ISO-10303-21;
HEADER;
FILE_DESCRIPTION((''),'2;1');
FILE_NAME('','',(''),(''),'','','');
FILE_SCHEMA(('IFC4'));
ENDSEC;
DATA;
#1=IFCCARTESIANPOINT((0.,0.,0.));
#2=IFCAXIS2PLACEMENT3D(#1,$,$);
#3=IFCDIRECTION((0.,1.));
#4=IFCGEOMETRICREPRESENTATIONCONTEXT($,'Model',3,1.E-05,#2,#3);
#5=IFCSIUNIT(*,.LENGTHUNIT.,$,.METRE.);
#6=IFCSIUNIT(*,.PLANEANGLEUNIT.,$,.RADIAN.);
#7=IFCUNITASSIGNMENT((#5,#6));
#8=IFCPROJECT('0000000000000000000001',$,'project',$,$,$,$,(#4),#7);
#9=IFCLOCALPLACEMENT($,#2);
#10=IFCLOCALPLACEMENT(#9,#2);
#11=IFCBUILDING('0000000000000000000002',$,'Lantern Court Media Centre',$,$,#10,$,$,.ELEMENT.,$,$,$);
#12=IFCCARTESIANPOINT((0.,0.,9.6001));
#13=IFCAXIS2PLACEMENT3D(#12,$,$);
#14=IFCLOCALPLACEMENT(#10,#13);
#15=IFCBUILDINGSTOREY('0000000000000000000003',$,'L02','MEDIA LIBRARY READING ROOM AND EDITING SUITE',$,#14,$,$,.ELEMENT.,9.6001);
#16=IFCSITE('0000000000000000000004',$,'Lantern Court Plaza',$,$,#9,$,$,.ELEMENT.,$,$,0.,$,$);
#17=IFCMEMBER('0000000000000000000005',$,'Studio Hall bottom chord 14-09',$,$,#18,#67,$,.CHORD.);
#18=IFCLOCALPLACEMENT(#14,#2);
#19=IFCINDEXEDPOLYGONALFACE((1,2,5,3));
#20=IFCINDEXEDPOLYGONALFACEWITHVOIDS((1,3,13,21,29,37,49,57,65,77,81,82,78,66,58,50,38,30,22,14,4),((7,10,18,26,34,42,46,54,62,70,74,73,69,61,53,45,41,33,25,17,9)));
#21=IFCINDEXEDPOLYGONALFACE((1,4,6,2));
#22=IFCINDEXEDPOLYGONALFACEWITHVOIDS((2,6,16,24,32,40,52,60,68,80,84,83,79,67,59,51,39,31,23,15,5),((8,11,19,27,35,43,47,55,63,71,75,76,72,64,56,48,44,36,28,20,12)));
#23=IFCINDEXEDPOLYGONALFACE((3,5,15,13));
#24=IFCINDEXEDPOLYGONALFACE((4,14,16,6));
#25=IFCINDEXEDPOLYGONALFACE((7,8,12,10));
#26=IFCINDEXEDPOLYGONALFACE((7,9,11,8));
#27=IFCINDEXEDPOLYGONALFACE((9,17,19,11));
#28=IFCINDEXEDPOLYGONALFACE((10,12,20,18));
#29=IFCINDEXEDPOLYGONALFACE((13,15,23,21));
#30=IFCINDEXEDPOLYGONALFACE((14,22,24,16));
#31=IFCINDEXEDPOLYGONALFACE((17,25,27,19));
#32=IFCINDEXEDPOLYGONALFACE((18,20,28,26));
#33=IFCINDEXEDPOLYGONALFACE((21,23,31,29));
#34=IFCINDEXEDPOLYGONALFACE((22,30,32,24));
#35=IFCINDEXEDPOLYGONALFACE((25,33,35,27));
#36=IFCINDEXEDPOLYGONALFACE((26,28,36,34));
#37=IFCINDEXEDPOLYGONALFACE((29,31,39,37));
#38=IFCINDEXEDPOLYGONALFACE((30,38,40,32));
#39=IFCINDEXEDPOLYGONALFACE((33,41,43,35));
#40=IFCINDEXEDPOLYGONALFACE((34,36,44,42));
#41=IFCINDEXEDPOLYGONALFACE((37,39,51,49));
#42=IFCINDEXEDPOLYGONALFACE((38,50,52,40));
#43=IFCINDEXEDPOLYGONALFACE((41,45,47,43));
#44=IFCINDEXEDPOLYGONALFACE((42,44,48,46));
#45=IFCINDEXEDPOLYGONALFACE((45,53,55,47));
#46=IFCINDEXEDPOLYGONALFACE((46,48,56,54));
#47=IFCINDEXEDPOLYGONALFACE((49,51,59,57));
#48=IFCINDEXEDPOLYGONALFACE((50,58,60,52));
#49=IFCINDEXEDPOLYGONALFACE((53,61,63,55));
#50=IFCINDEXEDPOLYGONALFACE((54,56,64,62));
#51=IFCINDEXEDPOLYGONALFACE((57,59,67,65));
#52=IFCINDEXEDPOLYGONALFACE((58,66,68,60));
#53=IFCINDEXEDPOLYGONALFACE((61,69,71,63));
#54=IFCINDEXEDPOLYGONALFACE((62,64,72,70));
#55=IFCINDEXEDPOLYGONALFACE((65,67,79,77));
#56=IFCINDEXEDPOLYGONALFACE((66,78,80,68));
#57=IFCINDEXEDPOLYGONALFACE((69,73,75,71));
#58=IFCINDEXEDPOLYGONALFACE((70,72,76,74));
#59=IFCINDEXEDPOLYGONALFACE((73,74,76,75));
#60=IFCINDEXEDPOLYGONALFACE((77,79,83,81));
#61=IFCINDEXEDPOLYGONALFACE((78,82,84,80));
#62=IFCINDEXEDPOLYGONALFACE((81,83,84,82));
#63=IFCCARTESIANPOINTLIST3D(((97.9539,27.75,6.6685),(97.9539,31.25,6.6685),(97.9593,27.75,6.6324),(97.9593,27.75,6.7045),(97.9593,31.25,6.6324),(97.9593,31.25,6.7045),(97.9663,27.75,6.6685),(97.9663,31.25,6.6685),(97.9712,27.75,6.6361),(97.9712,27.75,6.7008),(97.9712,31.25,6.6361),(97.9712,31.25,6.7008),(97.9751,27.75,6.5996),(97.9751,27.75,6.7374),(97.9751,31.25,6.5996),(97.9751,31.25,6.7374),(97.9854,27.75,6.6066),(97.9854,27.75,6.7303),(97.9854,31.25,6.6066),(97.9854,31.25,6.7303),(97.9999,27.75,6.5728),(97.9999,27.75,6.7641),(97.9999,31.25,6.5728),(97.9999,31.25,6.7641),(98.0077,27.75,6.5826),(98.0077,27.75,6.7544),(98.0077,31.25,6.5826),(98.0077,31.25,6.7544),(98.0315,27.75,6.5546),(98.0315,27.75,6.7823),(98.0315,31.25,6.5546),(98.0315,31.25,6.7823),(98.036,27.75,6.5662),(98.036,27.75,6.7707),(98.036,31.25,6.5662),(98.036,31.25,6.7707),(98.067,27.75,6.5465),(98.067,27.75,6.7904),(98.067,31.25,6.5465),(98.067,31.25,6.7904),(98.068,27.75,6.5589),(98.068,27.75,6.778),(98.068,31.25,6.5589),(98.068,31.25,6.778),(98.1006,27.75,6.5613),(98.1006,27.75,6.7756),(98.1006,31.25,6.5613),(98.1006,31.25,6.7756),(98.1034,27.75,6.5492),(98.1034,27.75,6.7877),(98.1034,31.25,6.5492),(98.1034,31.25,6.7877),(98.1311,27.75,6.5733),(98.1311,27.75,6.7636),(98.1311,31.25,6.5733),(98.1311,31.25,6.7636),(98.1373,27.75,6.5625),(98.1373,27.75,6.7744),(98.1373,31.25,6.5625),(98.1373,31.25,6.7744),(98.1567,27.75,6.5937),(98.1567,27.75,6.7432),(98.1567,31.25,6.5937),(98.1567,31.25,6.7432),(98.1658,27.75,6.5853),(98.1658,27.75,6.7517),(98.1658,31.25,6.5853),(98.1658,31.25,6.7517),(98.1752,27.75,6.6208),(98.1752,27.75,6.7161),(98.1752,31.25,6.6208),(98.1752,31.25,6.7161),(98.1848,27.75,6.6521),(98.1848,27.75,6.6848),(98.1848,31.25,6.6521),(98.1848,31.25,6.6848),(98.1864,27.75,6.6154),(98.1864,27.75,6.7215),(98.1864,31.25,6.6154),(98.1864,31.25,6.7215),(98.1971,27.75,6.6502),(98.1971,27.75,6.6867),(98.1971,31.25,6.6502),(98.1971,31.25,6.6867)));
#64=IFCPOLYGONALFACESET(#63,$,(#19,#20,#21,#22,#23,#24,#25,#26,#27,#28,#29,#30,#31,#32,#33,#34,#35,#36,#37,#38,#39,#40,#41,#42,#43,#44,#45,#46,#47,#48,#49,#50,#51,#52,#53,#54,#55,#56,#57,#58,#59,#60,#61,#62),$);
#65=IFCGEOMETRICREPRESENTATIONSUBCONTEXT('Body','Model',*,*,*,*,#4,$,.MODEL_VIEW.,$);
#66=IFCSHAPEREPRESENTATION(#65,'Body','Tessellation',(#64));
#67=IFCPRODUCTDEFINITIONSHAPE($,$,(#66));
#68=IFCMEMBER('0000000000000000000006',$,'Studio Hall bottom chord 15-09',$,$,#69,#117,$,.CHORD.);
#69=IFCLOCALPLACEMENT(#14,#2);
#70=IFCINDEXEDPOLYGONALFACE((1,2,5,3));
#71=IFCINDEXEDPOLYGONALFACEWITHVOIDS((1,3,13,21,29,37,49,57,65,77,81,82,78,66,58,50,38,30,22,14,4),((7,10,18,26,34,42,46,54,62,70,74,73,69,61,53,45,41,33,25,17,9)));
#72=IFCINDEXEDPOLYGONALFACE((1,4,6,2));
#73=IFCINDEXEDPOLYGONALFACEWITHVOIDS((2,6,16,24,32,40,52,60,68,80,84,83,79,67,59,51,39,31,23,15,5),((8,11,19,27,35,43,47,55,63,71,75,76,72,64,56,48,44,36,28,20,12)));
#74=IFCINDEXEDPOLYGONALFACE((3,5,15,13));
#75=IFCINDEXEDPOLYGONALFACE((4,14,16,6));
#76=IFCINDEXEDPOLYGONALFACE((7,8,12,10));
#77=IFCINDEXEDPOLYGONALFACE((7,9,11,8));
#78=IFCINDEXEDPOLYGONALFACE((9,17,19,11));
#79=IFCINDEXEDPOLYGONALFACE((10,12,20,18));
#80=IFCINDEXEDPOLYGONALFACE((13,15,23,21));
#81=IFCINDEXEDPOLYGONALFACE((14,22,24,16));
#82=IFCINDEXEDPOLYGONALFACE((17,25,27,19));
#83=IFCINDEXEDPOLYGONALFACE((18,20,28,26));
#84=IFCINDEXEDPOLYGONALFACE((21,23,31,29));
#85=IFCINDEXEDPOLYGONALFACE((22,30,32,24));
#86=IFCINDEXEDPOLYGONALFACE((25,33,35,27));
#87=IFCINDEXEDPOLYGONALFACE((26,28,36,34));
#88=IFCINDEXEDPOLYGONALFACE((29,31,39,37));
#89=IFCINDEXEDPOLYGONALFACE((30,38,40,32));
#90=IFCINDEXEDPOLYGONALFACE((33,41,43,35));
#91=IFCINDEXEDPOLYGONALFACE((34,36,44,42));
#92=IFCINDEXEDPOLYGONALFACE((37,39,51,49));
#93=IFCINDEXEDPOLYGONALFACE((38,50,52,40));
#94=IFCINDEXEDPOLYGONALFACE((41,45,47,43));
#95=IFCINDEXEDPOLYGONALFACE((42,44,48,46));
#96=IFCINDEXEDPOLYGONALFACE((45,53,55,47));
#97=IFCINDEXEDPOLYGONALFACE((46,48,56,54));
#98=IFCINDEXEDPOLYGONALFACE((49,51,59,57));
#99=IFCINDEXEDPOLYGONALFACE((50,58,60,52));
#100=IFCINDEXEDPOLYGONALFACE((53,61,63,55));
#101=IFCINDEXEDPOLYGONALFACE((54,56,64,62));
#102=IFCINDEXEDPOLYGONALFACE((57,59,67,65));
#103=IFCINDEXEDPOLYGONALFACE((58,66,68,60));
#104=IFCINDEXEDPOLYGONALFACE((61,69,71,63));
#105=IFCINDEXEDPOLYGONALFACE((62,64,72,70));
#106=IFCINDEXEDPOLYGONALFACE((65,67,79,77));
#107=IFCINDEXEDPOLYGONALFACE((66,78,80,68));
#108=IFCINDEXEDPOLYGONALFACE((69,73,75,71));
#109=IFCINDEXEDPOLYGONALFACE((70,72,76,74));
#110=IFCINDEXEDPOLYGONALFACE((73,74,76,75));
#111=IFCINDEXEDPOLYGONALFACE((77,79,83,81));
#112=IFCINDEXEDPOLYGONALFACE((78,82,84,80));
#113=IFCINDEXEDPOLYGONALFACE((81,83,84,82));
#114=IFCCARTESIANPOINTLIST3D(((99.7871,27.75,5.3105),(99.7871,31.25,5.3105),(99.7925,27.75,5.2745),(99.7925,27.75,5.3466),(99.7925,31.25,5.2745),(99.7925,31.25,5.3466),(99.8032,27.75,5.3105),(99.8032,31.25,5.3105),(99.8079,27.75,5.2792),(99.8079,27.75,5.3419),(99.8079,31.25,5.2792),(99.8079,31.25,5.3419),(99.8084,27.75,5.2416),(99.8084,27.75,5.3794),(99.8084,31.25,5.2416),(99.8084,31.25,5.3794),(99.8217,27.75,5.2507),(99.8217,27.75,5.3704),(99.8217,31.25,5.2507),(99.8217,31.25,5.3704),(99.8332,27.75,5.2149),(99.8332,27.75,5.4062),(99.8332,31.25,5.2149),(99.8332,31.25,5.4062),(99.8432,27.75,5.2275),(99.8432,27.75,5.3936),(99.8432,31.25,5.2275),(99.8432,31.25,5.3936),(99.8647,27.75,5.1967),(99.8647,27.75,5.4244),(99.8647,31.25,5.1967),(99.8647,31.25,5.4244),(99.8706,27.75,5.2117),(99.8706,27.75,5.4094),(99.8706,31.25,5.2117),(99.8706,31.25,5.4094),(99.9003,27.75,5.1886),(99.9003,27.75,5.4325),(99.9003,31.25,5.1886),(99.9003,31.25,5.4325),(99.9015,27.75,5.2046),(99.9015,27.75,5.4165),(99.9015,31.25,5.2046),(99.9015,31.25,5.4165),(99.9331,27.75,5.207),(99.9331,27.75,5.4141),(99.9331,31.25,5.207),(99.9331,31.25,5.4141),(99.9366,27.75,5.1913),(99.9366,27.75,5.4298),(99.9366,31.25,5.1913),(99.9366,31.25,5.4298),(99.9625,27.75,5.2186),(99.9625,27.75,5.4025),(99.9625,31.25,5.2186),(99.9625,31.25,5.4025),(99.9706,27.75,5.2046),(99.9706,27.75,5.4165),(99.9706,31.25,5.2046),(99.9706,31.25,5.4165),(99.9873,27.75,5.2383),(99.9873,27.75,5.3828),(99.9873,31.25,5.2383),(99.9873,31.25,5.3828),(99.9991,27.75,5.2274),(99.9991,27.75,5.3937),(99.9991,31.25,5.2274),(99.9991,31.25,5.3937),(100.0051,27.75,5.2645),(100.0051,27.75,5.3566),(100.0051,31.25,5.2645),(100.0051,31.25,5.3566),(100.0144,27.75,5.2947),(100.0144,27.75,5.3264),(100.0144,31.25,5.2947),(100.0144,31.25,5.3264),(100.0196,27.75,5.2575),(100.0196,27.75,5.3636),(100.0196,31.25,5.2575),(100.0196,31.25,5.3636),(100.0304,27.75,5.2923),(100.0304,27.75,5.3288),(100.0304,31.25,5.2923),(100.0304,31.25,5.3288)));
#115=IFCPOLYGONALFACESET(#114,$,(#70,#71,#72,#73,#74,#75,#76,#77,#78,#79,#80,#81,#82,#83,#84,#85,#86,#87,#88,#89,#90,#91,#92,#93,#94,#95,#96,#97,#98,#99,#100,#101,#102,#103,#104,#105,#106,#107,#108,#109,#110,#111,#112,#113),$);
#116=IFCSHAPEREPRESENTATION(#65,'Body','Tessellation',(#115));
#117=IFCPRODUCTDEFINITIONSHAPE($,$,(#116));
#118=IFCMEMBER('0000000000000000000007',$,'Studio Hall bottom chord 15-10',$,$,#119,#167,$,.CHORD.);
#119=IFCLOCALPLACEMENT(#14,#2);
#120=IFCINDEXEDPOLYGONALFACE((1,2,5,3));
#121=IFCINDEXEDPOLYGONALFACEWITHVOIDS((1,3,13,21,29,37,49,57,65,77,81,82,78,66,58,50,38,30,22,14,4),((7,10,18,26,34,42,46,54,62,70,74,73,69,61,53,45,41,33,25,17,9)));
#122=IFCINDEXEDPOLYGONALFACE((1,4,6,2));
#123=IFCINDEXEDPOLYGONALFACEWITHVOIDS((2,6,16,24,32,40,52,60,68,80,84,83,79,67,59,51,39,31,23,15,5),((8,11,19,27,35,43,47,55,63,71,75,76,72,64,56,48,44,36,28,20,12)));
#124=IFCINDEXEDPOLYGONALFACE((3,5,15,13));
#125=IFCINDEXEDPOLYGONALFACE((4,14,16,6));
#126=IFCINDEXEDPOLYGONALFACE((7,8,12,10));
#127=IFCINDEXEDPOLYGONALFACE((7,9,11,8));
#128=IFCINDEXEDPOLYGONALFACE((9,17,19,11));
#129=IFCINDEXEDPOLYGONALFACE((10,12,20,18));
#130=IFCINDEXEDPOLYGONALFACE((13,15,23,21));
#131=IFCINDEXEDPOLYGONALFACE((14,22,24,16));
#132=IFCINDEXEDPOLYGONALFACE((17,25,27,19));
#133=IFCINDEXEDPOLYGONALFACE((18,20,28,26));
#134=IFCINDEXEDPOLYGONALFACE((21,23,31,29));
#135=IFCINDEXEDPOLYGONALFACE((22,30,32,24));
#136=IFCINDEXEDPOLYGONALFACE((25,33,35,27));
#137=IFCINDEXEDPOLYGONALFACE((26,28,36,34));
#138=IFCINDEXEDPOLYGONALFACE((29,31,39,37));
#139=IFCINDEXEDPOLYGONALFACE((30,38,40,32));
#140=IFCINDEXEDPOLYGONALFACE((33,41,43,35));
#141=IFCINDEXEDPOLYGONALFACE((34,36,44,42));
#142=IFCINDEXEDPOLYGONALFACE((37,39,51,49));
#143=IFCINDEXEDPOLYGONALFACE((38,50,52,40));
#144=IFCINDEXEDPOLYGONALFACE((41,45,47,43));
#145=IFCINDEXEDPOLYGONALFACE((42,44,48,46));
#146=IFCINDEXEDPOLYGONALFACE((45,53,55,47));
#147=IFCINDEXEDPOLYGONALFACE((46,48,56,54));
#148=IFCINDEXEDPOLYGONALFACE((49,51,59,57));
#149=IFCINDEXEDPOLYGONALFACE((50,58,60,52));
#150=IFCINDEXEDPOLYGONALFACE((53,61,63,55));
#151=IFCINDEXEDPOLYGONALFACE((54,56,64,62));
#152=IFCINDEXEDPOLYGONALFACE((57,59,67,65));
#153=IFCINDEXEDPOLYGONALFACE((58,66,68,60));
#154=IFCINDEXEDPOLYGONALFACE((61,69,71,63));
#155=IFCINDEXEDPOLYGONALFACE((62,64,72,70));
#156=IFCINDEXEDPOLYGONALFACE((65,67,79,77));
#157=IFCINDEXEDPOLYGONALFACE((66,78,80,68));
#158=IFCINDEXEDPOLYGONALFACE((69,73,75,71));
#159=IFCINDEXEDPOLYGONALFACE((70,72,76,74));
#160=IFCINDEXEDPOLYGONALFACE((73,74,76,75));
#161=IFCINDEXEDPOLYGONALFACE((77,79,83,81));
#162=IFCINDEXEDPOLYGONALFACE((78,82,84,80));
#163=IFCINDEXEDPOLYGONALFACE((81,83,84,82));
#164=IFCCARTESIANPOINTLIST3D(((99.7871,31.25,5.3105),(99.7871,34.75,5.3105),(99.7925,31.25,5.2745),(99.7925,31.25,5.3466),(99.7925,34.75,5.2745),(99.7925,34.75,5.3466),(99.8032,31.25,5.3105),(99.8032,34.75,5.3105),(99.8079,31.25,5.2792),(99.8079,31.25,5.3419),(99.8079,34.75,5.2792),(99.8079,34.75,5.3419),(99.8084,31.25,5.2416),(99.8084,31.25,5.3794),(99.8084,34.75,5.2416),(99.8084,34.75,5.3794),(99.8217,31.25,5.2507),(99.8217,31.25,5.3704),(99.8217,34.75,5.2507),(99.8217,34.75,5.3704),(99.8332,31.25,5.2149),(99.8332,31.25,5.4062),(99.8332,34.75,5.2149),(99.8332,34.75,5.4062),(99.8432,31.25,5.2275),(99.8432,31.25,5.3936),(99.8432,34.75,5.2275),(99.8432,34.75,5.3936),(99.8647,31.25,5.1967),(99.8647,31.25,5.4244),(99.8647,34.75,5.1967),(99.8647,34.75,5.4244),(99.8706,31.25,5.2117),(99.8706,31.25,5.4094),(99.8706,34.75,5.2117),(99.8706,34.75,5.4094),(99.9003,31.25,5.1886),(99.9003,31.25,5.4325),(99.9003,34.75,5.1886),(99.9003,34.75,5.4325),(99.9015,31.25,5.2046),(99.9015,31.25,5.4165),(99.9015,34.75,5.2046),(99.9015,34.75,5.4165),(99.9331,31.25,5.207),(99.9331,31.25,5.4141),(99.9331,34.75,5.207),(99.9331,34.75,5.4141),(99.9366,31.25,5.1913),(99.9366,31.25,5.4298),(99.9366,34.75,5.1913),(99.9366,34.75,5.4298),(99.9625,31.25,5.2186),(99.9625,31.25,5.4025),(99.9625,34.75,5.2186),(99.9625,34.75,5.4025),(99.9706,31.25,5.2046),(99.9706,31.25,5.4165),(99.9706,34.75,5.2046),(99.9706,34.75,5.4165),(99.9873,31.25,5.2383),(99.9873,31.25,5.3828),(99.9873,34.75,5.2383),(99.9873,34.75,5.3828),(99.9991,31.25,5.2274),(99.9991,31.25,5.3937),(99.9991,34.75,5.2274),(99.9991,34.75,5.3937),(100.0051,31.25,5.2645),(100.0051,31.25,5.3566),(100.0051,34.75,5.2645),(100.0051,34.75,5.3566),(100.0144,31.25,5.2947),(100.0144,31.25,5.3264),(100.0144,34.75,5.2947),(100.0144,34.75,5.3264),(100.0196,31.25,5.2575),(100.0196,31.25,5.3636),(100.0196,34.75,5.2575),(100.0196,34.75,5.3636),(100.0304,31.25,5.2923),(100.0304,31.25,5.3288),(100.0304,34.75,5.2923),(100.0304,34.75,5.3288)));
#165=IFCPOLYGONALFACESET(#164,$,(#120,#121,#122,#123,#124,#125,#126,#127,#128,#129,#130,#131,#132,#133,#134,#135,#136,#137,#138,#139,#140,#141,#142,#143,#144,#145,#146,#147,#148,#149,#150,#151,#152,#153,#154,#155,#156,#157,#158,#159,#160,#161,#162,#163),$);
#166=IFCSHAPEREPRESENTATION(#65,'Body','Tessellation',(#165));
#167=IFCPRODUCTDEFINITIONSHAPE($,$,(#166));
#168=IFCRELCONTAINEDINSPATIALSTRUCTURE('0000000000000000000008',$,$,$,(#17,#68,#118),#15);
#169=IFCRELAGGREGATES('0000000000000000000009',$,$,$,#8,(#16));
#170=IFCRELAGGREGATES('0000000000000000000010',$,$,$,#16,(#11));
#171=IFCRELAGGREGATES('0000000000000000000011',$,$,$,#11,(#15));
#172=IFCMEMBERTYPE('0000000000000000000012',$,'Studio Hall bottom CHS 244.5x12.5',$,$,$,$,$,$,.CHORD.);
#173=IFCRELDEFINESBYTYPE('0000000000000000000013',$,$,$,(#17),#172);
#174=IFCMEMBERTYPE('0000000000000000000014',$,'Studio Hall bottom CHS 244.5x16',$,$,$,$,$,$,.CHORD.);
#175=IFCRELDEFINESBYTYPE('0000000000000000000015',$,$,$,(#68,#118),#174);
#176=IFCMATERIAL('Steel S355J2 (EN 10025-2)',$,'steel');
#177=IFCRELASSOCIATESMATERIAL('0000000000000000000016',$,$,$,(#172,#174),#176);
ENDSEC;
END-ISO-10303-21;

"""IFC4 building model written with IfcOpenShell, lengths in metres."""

from ifc_helpers import new_model, si_unit, direction, frame, origin, origin_2d, place, context, subcontext, project, spatial, hollow_circle, extrude, material, material_profile, profile_set, type_object, element, save


model = new_model("IFC4")

# Units and contexts
model_context = context("Model", 3, precision=1e-05, world=origin(), true_north=direction((0.0, 1.0)))
body_context = subcontext(model_context, "Body", "Model", "MODEL_VIEW")
ifc_project = project(units=[si_unit("LENGTHUNIT", "METRE"), si_unit("PLANEANGLEUNIT", "RADIAN")], contexts=[model_context])

# Site, building, storey
site_placement = place(None, origin())
site = spatial("IfcSite", under=ifc_project, at=site_placement, Name="Lantern Court Plaza", CompositionType="ELEMENT", RefElevation=0.0)
building_placement = place(site_placement, origin())
building = spatial("IfcBuilding", under=site, at=building_placement, Name="Lantern Court Media Centre", CompositionType="ELEMENT")
storey_placement = place(building_placement, frame((0.0, 0.0, 9.6001)))
storey = spatial("IfcBuildingStorey", under=building, at=storey_placement, Name="L02", Description="MEDIA LIBRARY READING ROOM AND EDITING SUITE", CompositionType="ELEMENT", Elevation=9.6001)

# Members
ifc_material = material(Name="Steel S355J2 (EN 10025-2)", Category="steel")
ifc_material_profile_1 = material_profile(ifc_material, hollow_circle(Radius=0.1223, WallThickness=0.0125, at=origin_2d()), Name="Studio Hall bottom CHS 244.5x12.5")
ifc_profile_set_1 = profile_set([ifc_material_profile_1], Name="Steel S355J2 (EN 10025-2)")
member_type_1 = type_object("IfcMemberType", Name="Studio Hall bottom CHS 244.5x12.5", PredefinedType="CHORD", material=ifc_profile_set_1)
member_1_placement = place(storey_placement, frame((98.0762, 27.75, 6.6685), z_axis=(0.0, 1.0, 0.0), x_axis=(-1.0, 0.0, 0.0)))
element("IfcMember", 1, at=member_1_placement, inside=storey, type_object=member_type_1, Name="Studio Hall bottom chord 14-09", PredefinedType="CHORD", context=body_context, shape_type="SweptSolid", body=[
    extrude(hollow_circle(Radius=0.1223, WallThickness=0.0125, at=origin_2d()), origin(), (0.0, 0.0, 1.0), 3.5),
])
ifc_material_profile_2 = material_profile(ifc_material, hollow_circle(Radius=0.1223, WallThickness=0.0161, at=origin_2d()), Name="Studio Hall bottom CHS 244.5x16")
ifc_profile_set_2 = profile_set([ifc_material_profile_2], Name="Steel S355J2 (EN 10025-2)")
member_type_2 = type_object("IfcMemberType", Name="Studio Hall bottom CHS 244.5x16", PredefinedType="CHORD", material=ifc_profile_set_2)
for number, where, z_axis, x_axis, name in (
    (2, (99.9094, 27.75, 5.3105), (0.0, 1.0, 0.0), (-1.0, 0.0, 0.0), "Studio Hall bottom chord 15-09"),
    (3, (99.9094, 31.25, 5.3105), (0.0, 1.0, 0.0), (-1.0, 0.0, 0.0), "Studio Hall bottom chord 15-10"),
):
    element("IfcMember", number, at=place(storey_placement, frame(where, z_axis=z_axis, x_axis=x_axis)), inside=storey, type_object=member_type_2, Name=name, PredefinedType="CHORD", context=body_context, shape_type="SweptSolid", body=[
        extrude(hollow_circle(Radius=0.1223, WallThickness=0.0161, at=origin_2d()), origin(), (0.0, 0.0, 1.0), 3.5),
    ])

save(model, "model.ifc")
